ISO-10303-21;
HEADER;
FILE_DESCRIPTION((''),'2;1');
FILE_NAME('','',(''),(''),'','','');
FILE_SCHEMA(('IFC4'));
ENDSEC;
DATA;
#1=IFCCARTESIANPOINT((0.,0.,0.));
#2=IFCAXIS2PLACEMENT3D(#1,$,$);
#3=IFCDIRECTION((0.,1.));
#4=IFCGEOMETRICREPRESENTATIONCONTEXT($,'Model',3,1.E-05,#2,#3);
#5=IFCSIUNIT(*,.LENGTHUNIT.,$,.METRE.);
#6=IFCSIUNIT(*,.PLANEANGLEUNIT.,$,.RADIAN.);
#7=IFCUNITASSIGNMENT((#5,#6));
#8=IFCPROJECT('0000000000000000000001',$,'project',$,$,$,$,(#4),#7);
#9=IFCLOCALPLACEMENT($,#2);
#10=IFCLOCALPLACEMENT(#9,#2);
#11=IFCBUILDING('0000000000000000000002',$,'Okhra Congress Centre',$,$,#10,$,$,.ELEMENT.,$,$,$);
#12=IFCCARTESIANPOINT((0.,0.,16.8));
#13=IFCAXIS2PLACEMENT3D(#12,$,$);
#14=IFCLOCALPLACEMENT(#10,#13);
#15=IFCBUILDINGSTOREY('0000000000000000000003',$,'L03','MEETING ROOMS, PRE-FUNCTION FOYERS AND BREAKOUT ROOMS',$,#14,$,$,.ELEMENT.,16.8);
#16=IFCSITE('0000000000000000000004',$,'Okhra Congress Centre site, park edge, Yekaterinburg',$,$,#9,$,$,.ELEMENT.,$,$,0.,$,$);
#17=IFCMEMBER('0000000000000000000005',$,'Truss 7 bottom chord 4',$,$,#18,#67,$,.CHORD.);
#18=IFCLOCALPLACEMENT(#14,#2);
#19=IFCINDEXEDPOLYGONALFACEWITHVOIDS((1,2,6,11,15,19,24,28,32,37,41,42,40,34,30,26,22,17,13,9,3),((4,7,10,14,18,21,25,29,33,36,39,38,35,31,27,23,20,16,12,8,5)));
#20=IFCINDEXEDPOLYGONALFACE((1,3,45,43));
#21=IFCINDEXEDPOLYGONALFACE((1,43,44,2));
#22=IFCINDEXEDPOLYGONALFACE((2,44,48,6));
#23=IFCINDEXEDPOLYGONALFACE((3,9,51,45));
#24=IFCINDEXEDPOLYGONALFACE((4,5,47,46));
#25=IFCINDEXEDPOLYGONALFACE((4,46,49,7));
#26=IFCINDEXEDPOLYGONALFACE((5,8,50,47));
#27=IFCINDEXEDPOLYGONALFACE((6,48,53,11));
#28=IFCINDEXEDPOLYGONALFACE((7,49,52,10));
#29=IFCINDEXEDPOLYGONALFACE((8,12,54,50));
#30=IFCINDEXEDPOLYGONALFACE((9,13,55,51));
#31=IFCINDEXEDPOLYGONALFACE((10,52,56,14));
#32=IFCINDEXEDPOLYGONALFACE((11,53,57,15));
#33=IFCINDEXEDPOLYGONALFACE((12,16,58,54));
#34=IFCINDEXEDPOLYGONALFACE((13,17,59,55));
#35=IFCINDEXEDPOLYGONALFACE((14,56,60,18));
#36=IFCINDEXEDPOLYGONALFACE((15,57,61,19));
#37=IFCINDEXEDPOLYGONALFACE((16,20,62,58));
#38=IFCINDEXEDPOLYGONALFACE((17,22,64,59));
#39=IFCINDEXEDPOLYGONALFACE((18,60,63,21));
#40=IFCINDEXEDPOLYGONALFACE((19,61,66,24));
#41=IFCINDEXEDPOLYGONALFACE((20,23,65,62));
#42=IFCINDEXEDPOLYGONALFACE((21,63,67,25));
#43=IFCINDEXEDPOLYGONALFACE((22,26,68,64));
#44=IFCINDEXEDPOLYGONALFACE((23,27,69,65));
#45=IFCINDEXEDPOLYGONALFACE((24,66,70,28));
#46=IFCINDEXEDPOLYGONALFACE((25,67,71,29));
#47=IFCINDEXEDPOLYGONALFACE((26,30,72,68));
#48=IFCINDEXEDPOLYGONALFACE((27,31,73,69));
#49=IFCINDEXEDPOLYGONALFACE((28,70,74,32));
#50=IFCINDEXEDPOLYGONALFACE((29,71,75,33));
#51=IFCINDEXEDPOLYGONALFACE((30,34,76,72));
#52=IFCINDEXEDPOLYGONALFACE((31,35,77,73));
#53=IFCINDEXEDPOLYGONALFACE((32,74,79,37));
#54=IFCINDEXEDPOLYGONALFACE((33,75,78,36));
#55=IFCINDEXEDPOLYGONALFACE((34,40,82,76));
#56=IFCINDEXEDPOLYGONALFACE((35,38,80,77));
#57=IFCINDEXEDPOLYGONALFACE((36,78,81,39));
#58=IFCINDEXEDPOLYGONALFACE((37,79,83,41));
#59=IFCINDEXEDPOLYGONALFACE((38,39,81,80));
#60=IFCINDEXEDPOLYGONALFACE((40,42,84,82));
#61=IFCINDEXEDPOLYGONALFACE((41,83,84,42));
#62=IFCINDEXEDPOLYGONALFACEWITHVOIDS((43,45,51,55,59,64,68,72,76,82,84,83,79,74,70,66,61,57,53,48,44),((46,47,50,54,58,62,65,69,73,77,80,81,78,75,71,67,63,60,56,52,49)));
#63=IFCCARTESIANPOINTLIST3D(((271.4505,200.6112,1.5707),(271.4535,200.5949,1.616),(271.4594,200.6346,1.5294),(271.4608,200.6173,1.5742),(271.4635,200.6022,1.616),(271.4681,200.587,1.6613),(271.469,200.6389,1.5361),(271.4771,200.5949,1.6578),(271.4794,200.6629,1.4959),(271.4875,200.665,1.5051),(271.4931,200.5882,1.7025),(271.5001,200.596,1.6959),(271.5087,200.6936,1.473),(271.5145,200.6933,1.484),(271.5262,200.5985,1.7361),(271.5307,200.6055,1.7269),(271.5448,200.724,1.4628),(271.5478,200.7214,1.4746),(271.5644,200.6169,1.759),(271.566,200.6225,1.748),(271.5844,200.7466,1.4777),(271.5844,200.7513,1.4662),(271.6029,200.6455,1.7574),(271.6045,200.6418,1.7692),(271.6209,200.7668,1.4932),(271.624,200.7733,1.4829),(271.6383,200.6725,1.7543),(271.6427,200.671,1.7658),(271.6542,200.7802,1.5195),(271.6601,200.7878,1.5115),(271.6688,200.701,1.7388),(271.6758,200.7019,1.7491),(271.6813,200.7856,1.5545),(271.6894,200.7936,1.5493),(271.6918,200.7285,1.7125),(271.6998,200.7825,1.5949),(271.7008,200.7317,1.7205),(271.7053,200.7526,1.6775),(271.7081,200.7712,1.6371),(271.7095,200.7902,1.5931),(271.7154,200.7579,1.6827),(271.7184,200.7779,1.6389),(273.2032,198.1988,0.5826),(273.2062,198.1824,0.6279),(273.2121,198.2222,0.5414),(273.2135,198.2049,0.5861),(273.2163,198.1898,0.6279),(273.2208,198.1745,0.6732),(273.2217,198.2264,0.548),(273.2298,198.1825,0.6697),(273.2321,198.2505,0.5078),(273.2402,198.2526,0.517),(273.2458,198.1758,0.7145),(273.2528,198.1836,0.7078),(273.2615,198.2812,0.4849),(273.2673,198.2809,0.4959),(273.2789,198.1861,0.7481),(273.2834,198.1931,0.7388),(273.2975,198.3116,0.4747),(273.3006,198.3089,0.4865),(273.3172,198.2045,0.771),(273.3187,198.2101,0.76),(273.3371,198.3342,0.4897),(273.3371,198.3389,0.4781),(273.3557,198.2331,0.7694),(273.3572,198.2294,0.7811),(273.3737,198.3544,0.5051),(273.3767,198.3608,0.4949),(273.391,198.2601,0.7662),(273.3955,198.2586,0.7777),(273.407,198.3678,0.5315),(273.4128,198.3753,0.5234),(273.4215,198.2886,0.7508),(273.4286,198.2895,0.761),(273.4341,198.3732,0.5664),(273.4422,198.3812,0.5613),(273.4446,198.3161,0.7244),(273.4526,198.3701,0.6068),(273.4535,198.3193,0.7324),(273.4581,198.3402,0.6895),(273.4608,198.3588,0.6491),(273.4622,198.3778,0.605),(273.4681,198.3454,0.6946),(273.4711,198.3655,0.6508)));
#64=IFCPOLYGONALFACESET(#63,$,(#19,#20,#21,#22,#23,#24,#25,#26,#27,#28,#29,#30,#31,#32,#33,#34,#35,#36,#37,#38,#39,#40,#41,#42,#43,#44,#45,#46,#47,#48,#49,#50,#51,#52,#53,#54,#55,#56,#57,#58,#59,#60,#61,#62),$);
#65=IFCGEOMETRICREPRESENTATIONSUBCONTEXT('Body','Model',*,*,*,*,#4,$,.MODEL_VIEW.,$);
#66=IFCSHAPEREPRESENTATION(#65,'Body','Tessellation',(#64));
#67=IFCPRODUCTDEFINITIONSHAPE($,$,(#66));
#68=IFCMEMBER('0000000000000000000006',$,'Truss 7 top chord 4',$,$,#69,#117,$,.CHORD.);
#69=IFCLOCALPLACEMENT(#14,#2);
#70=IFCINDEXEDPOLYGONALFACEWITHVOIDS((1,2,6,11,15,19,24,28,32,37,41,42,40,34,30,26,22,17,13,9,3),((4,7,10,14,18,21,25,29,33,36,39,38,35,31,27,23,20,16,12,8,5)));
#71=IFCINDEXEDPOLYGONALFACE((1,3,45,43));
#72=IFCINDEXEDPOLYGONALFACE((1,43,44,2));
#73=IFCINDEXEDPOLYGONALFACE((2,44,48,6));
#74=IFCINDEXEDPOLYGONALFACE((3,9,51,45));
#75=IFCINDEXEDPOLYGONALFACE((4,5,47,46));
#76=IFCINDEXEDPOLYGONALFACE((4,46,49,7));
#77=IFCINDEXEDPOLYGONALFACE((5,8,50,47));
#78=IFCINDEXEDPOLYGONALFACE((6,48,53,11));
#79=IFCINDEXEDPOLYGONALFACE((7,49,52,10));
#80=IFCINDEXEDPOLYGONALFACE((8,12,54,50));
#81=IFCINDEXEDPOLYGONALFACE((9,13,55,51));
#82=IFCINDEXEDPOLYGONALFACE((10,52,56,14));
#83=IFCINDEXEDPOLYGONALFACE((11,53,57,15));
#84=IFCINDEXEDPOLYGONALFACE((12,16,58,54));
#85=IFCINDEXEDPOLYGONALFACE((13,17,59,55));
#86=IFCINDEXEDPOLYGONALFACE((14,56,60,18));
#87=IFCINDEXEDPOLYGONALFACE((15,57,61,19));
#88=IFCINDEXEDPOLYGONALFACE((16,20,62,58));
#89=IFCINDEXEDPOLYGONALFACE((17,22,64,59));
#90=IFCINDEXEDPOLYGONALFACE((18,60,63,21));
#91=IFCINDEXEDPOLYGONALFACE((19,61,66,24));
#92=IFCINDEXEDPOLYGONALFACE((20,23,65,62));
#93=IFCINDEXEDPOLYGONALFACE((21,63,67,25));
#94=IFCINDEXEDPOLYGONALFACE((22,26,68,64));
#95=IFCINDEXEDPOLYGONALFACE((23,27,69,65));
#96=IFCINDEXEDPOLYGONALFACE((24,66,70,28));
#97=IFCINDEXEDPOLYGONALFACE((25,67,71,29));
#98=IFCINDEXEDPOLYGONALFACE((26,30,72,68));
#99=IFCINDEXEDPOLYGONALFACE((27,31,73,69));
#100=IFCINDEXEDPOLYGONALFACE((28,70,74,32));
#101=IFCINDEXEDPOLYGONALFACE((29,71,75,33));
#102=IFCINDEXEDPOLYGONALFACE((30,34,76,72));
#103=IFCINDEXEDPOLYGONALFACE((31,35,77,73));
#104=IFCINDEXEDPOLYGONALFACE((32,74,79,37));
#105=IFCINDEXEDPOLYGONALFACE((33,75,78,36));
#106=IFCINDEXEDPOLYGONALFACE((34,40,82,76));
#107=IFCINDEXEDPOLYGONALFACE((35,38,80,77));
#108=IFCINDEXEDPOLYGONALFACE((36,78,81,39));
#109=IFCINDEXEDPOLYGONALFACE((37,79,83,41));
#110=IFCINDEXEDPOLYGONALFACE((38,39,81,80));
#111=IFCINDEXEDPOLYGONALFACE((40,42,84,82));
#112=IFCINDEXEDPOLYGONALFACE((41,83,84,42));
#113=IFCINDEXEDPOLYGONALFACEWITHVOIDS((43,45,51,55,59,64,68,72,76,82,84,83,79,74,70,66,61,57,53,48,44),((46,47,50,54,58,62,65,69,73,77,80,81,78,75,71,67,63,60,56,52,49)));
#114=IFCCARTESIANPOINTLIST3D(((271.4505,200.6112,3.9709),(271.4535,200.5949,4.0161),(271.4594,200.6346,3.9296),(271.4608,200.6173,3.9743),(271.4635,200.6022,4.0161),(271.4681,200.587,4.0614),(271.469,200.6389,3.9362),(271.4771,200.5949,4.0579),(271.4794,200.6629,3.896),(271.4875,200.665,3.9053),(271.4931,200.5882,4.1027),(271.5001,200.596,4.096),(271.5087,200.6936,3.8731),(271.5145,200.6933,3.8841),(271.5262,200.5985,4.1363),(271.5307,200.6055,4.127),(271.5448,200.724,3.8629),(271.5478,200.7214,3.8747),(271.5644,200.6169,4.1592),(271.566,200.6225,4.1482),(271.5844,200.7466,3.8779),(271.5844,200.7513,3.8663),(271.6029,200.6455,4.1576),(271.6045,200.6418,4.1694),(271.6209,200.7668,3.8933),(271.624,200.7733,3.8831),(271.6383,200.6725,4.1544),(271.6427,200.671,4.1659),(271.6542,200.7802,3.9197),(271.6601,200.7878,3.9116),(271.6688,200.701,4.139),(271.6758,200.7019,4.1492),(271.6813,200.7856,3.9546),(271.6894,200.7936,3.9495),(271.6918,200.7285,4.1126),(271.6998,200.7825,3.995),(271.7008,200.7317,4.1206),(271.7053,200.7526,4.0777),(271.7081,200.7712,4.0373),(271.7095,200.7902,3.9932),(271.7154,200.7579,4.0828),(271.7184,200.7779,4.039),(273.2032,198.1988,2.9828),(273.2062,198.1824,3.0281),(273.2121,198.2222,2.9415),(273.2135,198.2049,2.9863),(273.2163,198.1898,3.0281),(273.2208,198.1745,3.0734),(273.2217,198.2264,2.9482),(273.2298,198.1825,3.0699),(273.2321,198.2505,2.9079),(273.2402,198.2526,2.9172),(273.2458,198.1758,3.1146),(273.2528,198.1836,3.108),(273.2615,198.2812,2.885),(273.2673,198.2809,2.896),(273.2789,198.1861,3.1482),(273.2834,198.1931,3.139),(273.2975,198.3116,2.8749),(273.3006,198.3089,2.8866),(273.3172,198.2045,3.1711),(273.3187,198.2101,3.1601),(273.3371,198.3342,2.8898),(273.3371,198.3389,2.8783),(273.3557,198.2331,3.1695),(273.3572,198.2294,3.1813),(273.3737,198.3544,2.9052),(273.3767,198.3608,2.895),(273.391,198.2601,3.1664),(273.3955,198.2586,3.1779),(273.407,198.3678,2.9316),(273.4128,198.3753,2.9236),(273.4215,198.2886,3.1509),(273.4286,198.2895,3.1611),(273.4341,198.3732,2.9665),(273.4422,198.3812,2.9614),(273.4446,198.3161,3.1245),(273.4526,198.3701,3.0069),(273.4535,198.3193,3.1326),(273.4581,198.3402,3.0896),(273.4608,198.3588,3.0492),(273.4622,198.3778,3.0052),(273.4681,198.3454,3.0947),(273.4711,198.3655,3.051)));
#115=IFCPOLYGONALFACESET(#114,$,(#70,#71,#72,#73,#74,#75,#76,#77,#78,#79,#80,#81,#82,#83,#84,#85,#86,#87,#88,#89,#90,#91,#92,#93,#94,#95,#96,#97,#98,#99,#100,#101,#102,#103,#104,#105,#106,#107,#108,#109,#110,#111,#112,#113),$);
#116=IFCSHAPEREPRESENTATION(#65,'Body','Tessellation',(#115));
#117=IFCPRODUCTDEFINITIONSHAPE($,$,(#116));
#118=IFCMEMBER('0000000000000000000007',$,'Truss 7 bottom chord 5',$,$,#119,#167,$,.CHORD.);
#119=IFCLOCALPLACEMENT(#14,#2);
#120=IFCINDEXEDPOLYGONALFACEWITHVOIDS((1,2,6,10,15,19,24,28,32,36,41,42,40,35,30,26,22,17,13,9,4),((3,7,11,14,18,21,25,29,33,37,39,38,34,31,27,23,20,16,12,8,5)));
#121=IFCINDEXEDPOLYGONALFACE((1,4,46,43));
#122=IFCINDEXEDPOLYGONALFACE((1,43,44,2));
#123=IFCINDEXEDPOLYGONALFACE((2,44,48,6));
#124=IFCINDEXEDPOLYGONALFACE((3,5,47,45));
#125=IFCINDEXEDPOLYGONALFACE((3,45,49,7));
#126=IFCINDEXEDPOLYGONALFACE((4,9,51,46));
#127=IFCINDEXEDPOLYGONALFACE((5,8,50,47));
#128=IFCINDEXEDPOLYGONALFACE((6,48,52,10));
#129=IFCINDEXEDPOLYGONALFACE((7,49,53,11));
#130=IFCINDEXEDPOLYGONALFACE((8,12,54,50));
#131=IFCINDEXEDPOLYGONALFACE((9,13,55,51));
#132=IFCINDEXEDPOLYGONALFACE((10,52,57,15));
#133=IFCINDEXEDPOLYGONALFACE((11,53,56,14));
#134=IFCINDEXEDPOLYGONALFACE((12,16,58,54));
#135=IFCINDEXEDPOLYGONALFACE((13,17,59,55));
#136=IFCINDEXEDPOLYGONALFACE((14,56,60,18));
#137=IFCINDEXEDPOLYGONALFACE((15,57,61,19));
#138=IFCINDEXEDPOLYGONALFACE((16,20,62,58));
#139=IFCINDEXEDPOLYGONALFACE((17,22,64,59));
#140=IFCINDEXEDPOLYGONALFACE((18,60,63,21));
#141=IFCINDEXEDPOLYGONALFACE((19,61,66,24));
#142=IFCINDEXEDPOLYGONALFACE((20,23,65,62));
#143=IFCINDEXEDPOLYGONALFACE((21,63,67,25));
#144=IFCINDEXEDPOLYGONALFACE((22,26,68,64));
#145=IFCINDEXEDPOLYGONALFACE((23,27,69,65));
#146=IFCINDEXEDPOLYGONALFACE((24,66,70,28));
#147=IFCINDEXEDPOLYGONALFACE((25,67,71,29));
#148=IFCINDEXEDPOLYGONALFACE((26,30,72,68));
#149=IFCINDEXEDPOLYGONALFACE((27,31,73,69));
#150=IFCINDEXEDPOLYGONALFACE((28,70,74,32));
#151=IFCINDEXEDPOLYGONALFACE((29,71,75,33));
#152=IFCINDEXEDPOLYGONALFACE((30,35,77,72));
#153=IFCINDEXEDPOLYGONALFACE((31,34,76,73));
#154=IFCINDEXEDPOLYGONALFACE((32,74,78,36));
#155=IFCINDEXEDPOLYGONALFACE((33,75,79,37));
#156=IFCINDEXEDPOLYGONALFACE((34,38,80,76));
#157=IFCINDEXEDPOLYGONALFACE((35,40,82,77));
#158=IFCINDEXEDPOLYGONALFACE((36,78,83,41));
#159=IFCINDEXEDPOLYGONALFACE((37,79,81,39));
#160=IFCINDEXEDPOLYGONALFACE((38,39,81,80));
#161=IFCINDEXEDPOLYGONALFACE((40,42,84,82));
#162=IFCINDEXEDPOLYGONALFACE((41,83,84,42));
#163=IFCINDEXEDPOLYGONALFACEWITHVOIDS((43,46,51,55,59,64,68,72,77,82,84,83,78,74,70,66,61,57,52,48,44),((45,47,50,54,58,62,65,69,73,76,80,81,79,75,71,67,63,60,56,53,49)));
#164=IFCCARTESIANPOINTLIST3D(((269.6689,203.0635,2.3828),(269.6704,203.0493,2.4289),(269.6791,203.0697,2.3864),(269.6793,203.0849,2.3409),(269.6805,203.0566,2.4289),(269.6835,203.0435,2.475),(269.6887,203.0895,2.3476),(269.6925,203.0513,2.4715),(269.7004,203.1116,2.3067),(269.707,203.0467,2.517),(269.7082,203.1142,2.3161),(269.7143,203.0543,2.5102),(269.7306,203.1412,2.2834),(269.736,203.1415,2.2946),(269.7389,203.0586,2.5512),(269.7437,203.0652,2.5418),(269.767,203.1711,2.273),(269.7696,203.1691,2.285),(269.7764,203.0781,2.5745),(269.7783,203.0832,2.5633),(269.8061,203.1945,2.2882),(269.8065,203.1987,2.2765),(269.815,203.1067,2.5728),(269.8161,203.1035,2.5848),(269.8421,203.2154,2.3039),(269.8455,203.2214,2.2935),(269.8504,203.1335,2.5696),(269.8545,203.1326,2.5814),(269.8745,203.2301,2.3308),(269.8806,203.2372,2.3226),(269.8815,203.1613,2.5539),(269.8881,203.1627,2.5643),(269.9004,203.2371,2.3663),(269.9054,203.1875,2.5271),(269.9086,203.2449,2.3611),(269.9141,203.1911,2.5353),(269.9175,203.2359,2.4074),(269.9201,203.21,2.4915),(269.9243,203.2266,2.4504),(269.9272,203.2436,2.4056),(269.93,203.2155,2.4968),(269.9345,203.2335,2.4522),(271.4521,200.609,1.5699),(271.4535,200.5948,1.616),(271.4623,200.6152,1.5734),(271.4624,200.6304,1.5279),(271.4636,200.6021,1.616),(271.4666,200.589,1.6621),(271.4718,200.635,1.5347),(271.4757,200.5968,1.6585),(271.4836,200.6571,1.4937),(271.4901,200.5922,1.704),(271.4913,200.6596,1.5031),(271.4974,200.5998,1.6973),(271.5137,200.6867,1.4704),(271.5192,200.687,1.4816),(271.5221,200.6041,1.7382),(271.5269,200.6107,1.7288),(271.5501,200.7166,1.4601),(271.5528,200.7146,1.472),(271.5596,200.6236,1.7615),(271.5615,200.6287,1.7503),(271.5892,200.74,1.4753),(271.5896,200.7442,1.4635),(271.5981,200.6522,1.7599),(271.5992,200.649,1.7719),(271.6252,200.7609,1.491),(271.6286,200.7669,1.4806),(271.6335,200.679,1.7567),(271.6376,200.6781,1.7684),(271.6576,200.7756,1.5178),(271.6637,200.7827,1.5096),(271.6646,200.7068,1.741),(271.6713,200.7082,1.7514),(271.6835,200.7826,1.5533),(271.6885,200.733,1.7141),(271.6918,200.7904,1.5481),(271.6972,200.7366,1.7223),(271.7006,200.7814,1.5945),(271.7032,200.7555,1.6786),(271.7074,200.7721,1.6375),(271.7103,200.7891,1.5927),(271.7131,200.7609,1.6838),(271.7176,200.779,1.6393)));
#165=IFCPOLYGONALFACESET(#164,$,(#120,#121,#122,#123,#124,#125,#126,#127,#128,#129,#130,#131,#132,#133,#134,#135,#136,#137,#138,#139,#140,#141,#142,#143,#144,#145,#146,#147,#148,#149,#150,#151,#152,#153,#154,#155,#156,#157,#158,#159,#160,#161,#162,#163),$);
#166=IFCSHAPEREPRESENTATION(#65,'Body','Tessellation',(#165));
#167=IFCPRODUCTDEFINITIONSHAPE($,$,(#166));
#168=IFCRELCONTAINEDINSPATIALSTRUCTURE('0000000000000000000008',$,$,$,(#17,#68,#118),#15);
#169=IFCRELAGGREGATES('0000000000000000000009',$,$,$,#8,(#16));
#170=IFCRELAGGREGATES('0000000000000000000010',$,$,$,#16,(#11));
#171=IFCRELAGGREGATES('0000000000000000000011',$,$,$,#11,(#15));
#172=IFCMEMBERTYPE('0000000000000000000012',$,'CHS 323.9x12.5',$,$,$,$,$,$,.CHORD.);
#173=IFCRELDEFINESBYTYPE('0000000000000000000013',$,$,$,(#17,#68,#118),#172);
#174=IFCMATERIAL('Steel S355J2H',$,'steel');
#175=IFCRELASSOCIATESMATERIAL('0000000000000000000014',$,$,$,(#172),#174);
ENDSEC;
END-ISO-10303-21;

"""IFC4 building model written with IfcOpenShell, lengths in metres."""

from ifc_helpers import new_model, si_unit, direction, frame, origin, origin_2d, place, context, subcontext, project, spatial, hollow_circle, extrude, material, material_profile, profile_set, type_object, element, save


model = new_model("IFC4")

# Units and contexts
model_context = context("Model", 3, precision=1e-05, world=origin(), true_north=direction((0.0, 1.0)))
body_context = subcontext(model_context, "Body", "Model", "MODEL_VIEW")
ifc_project = project(units=[si_unit("LENGTHUNIT", "METRE"), si_unit("PLANEANGLEUNIT", "RADIAN")], contexts=[model_context])

# Site, building, storey
site_placement = place(None, origin())
site = spatial("IfcSite", under=ifc_project, at=site_placement, Name="Okhra Congress Centre site, park edge, Yekaterinburg", CompositionType="ELEMENT", RefElevation=0.0)
building_placement = place(site_placement, origin())
building = spatial("IfcBuilding", under=site, at=building_placement, Name="Okhra Congress Centre", CompositionType="ELEMENT")
storey_placement = place(building_placement, frame((0.0, 0.0, 16.8)))
storey = spatial("IfcBuildingStorey", under=building, at=storey_placement, Name="L03", Description="MEETING ROOMS, PRE-FUNCTION FOYERS AND BREAKOUT ROOMS", CompositionType="ELEMENT", Elevation=16.8)

# Members
ifc_material_1 = material(Name="Steel S355J2H", Category="steel")
ifc_material_profile_1 = material_profile(ifc_material_1, hollow_circle(Radius=0.1619, WallThickness=0.0125, at=origin_2d()), Name="CHS 323.9x12.5")
ifc_profile_set_1 = profile_set([ifc_material_profile_1], Name="Steel S355J2H")
member_type_1 = type_object("IfcMemberType", Name="CHS 323.9x12.5", PredefinedType="CHORD", material=ifc_profile_set_1)
for number, where, z_axis, x_axis, name in (
    (1, (273.3372, 198.2776, 0.6279), (-0.557955, 0.767955, 0.314534), (-0.809016, -0.587787, 0.0), "Truss 7 bottom chord 4"),
    (2, (273.3372, 198.2776, 3.0281), (-0.557955, 0.767955, 0.314534), (-0.809016, -0.587787, 0.0), "Truss 7 top chord 4"),
):
    element("IfcMember", number, at=place(storey_placement, frame(where, z_axis=z_axis, x_axis=x_axis)), inside=storey, type_object=member_type_1, Name=name, PredefinedType="CHORD", context=body_context, shape_type="SweptSolid", body=[
        extrude(hollow_circle(Radius=0.1619, WallThickness=0.0125, at=origin_2d()), origin(), (0.0, 0.0, 1.0), 3.1414),
    ])
for number, where, z_axis, x_axis, name in (
    (3, (271.5845, 200.6899, 1.616), (-0.567721, 0.781472, 0.258832), (-0.809042, -0.587751, 0.0), "Truss 7 bottom chord 5"),
):
    element("IfcMember", number, at=place(storey_placement, frame(where, z_axis=z_axis, x_axis=x_axis)), inside=storey, type_object=member_type_1, Name=name, PredefinedType="CHORD", context=body_context, shape_type="SweptSolid", body=[
        extrude(hollow_circle(Radius=0.1619, WallThickness=0.0125, at=origin_2d()), origin(), (0.0, 0.0, 1.0), 3.1409),
    ])

save(model, "model.ifc")
